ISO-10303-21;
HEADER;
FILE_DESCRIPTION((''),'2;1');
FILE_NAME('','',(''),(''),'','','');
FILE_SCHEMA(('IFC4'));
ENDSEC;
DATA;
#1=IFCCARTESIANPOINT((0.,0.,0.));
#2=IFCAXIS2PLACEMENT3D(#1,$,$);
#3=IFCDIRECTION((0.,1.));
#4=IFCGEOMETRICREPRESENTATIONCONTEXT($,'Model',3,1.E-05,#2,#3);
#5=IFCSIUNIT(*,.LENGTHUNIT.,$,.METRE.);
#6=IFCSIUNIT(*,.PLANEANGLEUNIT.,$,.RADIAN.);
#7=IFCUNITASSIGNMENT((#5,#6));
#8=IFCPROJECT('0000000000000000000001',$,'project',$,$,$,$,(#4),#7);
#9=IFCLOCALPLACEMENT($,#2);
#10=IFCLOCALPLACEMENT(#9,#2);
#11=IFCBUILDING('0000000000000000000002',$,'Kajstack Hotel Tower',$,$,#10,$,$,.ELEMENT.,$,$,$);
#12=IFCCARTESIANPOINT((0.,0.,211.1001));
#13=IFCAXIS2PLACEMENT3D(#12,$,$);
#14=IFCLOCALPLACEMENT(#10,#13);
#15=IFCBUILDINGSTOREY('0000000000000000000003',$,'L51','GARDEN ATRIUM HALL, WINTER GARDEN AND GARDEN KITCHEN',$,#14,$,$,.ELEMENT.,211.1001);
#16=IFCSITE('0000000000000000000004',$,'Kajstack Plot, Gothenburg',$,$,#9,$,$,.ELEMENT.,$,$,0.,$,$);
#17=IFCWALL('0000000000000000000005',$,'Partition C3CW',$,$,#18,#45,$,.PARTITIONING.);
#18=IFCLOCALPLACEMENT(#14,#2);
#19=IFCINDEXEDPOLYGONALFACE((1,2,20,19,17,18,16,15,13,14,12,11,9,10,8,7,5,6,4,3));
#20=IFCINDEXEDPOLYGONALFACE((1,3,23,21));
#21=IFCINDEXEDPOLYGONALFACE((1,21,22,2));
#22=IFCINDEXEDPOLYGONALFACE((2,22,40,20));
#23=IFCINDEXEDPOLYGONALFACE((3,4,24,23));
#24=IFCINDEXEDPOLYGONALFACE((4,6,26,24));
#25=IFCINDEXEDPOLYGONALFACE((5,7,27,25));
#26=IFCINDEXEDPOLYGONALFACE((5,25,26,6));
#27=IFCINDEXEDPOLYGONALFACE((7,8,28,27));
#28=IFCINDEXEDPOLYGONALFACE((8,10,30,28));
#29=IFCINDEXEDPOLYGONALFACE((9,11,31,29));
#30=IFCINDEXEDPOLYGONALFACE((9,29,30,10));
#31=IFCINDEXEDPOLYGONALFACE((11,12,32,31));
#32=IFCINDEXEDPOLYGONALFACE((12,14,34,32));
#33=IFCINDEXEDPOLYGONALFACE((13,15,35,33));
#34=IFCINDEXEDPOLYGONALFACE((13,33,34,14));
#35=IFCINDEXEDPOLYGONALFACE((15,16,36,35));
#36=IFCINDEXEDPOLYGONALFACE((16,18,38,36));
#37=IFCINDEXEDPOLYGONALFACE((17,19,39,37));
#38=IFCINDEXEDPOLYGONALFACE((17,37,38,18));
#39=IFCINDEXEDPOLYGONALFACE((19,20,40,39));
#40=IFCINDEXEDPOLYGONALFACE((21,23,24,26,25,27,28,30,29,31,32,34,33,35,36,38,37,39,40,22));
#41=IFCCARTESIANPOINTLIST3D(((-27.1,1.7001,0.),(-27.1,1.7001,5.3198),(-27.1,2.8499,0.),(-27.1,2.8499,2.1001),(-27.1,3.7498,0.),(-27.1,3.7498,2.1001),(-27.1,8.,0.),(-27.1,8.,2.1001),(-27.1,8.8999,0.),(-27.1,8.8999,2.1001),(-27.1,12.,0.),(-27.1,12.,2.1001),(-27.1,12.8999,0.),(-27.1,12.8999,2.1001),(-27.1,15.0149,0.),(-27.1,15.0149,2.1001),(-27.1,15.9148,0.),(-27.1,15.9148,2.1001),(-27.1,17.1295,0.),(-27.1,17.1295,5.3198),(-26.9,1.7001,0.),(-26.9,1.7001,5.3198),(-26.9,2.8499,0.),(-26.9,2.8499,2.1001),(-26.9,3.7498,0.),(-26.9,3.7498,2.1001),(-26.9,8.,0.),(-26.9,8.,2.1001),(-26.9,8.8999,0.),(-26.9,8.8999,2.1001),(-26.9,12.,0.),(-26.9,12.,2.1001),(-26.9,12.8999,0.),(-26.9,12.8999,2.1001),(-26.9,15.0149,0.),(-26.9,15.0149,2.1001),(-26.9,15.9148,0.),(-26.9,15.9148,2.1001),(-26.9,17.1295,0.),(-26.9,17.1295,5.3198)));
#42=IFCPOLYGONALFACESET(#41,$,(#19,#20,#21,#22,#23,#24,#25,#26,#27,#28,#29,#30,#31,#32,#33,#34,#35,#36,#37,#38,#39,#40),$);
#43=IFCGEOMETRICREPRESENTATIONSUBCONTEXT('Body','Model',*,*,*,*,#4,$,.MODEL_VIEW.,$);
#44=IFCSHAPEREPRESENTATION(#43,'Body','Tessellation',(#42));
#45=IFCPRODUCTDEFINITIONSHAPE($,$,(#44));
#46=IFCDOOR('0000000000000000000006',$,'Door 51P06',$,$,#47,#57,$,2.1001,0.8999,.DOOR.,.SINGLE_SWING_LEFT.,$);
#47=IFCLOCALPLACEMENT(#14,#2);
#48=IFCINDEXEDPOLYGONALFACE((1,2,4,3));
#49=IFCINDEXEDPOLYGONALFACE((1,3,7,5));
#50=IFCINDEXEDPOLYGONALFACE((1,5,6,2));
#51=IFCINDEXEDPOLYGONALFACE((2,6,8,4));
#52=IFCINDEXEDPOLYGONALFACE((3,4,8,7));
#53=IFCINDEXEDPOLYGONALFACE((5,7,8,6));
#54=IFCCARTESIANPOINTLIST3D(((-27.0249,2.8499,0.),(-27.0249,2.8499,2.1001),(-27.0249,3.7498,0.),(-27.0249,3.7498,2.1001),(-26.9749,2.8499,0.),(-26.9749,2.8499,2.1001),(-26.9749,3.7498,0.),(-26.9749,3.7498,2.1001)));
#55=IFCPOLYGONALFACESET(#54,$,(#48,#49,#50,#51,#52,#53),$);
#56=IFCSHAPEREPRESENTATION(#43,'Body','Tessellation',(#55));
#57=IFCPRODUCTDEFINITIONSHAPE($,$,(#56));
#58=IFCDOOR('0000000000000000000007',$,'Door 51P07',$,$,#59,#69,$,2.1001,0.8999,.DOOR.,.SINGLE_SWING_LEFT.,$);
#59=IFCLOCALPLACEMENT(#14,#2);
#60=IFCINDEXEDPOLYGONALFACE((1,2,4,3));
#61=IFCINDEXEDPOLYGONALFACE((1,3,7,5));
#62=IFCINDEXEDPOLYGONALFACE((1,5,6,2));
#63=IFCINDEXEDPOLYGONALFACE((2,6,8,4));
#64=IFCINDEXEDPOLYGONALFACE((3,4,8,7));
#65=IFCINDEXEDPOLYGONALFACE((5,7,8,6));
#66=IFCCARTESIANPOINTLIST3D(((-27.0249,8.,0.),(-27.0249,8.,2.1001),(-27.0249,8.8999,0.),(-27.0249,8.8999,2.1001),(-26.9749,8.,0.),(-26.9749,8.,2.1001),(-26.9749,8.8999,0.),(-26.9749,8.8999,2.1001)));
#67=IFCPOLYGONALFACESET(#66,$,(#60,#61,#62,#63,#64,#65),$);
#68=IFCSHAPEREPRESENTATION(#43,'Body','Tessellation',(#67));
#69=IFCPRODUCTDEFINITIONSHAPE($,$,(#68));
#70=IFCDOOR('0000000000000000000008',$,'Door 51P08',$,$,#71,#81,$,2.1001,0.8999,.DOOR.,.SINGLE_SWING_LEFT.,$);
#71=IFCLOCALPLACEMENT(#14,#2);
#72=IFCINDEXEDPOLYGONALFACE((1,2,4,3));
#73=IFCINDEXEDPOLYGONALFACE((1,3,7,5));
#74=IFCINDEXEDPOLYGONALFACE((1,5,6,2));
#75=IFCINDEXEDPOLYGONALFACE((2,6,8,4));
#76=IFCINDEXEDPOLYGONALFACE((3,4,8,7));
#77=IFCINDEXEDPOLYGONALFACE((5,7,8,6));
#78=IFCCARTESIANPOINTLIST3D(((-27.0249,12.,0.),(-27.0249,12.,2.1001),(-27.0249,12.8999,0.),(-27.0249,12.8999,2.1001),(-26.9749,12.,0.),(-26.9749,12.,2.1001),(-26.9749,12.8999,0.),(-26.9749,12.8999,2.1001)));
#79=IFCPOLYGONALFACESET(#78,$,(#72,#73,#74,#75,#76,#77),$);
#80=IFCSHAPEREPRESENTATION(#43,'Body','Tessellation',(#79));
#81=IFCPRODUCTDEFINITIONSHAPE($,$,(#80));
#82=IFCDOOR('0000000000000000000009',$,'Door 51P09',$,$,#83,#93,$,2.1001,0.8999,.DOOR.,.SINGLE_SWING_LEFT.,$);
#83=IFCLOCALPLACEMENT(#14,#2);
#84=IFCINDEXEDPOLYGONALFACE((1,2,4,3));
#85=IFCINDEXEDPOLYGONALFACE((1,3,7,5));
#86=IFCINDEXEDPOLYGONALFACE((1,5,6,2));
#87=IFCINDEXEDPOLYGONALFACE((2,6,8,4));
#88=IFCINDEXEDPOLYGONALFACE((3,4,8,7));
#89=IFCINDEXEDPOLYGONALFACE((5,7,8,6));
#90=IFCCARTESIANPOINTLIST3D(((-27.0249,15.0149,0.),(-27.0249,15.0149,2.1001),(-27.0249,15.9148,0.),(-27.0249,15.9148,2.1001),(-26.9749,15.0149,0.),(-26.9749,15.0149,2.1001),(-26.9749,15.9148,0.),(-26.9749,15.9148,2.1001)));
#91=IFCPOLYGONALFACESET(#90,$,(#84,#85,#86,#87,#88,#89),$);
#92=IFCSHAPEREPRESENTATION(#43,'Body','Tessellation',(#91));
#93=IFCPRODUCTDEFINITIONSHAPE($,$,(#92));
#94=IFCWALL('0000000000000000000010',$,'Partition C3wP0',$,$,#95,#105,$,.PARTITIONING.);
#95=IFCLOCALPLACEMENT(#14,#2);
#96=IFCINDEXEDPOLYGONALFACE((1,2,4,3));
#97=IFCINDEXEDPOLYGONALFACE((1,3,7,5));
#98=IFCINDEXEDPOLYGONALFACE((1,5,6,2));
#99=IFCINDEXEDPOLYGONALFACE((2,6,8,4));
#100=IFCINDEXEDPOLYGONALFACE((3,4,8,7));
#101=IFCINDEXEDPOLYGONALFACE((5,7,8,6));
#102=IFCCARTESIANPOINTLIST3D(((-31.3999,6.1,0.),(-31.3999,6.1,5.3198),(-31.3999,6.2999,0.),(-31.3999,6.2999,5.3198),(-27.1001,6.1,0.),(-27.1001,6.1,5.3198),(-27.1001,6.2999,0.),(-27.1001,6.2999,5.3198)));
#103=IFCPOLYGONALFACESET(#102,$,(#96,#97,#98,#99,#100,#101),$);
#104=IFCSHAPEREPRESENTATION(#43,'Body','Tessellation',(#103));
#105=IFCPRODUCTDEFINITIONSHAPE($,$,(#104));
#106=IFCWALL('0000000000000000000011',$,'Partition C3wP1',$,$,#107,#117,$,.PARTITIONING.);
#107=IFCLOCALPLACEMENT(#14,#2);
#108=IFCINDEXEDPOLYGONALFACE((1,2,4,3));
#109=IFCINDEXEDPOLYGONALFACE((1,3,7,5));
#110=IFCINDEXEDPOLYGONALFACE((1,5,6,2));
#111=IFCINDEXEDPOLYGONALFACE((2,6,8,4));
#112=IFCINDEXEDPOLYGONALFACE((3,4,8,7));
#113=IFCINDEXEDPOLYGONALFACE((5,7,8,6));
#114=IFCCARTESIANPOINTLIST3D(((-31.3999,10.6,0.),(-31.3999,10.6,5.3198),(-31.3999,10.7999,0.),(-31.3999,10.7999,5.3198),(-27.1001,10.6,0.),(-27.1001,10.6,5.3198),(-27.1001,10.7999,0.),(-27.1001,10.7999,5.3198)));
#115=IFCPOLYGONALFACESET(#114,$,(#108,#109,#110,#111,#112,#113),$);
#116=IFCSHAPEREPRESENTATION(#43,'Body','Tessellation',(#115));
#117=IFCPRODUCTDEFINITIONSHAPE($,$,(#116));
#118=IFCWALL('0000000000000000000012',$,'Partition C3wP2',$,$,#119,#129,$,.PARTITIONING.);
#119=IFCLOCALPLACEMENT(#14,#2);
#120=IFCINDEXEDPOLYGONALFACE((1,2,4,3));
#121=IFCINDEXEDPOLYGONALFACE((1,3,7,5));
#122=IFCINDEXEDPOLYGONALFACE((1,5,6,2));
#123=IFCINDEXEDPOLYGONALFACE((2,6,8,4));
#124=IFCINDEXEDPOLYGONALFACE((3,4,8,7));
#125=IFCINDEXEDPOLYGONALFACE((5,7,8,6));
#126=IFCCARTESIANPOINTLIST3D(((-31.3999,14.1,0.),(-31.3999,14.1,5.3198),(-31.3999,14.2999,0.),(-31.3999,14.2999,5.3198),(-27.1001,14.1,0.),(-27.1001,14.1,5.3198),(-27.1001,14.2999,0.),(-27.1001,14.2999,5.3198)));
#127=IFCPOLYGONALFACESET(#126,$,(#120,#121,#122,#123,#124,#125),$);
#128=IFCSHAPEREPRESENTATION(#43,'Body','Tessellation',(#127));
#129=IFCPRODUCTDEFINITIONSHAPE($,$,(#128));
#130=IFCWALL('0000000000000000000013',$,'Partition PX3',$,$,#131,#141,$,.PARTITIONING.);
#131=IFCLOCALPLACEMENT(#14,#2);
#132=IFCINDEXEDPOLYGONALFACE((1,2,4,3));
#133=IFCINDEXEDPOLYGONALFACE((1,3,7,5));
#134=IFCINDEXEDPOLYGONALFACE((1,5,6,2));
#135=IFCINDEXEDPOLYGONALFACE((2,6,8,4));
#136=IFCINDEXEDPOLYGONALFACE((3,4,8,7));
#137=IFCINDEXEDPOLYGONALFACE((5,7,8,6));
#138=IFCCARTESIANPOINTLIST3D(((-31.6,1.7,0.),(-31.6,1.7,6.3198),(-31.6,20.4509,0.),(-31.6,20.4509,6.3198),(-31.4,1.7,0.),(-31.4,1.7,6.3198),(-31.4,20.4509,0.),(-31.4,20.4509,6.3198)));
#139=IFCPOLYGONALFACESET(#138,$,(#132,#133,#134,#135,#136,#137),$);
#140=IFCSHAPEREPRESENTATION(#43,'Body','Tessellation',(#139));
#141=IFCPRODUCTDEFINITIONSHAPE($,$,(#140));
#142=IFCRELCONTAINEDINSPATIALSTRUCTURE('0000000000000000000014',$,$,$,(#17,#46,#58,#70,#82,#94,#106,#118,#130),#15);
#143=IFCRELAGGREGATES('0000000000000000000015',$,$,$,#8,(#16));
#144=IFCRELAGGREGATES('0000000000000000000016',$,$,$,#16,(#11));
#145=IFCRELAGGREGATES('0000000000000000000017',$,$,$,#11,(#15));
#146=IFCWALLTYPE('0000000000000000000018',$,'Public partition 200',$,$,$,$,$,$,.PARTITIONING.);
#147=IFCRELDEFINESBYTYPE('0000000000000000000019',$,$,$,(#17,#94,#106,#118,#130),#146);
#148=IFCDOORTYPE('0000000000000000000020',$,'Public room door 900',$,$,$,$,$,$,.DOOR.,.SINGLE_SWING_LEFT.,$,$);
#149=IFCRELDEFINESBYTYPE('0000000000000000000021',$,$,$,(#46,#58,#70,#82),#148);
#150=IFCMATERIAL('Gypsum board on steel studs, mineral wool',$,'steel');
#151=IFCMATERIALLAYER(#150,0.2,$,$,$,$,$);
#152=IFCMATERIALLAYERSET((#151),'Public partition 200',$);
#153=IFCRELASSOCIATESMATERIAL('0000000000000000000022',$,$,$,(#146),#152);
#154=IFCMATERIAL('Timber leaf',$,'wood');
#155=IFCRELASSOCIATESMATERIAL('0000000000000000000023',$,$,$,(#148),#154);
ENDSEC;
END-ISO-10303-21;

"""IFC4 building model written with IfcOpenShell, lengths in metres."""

from ifc_helpers import new_model, si_unit, direction, frame, frame_2d, origin, place, context, subcontext, project, spatial, rectangle, extrude, material, layer, layer_set, type_object, element, fill, save


model = new_model("IFC4")

# Units and contexts
model_context = context("Model", 3, precision=1e-05, world=origin(), true_north=direction((0.0, 1.0)))
body_context = subcontext(model_context, "Body", "Model", "MODEL_VIEW")
ifc_project = project(units=[si_unit("LENGTHUNIT", "METRE"), si_unit("PLANEANGLEUNIT", "RADIAN")], contexts=[model_context])

# Site, building, storey
site_placement = place(None, origin())
site = spatial("IfcSite", under=ifc_project, at=site_placement, Name="Kajstack Plot, Gothenburg", CompositionType="ELEMENT", RefElevation=0.0)
building_placement = place(site_placement, origin())
building = spatial("IfcBuilding", under=site, at=building_placement, Name="Kajstack Hotel Tower", CompositionType="ELEMENT")
storey_placement = place(building_placement, frame((0.0, 0.0, 211.1001)))
storey = spatial("IfcBuildingStorey", under=building, at=storey_placement, Name="L51", Description="GARDEN ATRIUM HALL, WINTER GARDEN AND GARDEN KITCHEN", CompositionType="ELEMENT", Elevation=211.1001)

# Wall, openings, doors
ifc_material_1 = material(Name="Gypsum board on steel studs, mineral wool", Category="steel")
ifc_layer_1 = layer(ifc_material_1, 0.2)
ifc_layer_set_1 = layer_set([ifc_layer_1], Name="Public partition 200")
wall_type_1 = type_object("IfcWallType", Name="Public partition 200", PredefinedType="PARTITIONING", material=ifc_layer_set_1)
wall_1_placement = place(storey_placement, frame((-27.0, 1.7, 0.0), z_axis=(0.0, 0.0, 1.0), x_axis=(0.0, 1.0, 0.0)))
wall_1 = element("IfcWall", 1, at=wall_1_placement, inside=storey, type_object=wall_type_1, Name="Partition C3CW", PredefinedType="PARTITIONING", context=body_context, shape_type="SweptSolid", body=[
    extrude(rectangle(XDim=15.4294, YDim=0.2, at=frame_2d((7.7148, 0.0))), origin(), (0.0, 0.0, 1.0), 5.3198),
])
opening_1_placement = place(wall_1_placement, frame((1.1499, 0.0, 0.0)))
opening_1 = element("IfcOpeningElement", 2, at=opening_1_placement, cuts=wall_1, PredefinedType="OPENING", context=body_context, shape_type="SweptSolid", body=[
    extrude(rectangle(XDim=0.8999, YDim=2.1001, at=frame_2d((0.45, 1.05))), frame((0.0, 0.1099, 0.0), z_axis=(0.0, -1.0, 0.0), x_axis=(1.0, 0.0, 0.0)), (0.0, 0.0, 1.0), 0.22),
])
opening_2_placement = place(wall_1_placement, frame((6.3, 0.0, 0.0)))
opening_2 = element("IfcOpeningElement", 3, at=opening_2_placement, cuts=wall_1, PredefinedType="OPENING", context=body_context, shape_type="SweptSolid", body=[
    extrude(rectangle(XDim=0.8999, YDim=2.1001, at=frame_2d((0.45, 1.05))), frame((0.0, 0.1099, 0.0), z_axis=(0.0, -1.0, 0.0), x_axis=(1.0, 0.0, 0.0)), (0.0, 0.0, 1.0), 0.22),
])
opening_3_placement = place(wall_1_placement, frame((10.3, 0.0, 0.0)))
opening_3 = element("IfcOpeningElement", 4, at=opening_3_placement, cuts=wall_1, PredefinedType="OPENING", context=body_context, shape_type="SweptSolid", body=[
    extrude(rectangle(XDim=0.8999, YDim=2.1001, at=frame_2d((0.45, 1.05))), frame((0.0, 0.1099, 0.0), z_axis=(0.0, -1.0, 0.0), x_axis=(1.0, 0.0, 0.0)), (0.0, 0.0, 1.0), 0.22),
])
opening_4_placement = place(wall_1_placement, frame((13.3149, 0.0, 0.0)))
opening_4 = element("IfcOpeningElement", 5, at=opening_4_placement, cuts=wall_1, PredefinedType="OPENING", context=body_context, shape_type="SweptSolid", body=[
    extrude(rectangle(XDim=0.8999, YDim=2.1001, at=frame_2d((0.45, 1.05))), frame((0.0, 0.1099, 0.0), z_axis=(0.0, -1.0, 0.0), x_axis=(1.0, 0.0, 0.0)), (0.0, 0.0, 1.0), 0.22),
])
ifc_material_2 = material(Name="Timber leaf", Category="wood")
door_type_1 = type_object("IfcDoorType", Name="Public room door 900", OperationType="SINGLE_SWING_LEFT", PredefinedType="DOOR", material=ifc_material_2)
door_1_placement = place(opening_1_placement, origin())
door_1 = element("IfcDoor", 6, at=door_1_placement, inside=storey, type_object=door_type_1, Name="Door 51P06", OperationType="SINGLE_SWING_LEFT", OverallHeight=2.1001, OverallWidth=0.8999, PredefinedType="DOOR", context=body_context, shape_type="SweptSolid", body=[
    extrude(rectangle(XDim=0.8999, YDim=2.1001, at=frame_2d((0.45, 1.05))), frame((0.0, 0.0249, 0.0), z_axis=(0.0, -1.0, 0.0), x_axis=(1.0, 0.0, 0.0)), (0.0, 0.0, 1.0), 0.05),
])
fill(opening_1, door_1)
door_2_placement = place(opening_2_placement, origin())
door_2 = element("IfcDoor", 7, at=door_2_placement, inside=storey, type_object=door_type_1, Name="Door 51P07", OperationType="SINGLE_SWING_LEFT", OverallHeight=2.1001, OverallWidth=0.8999, PredefinedType="DOOR", context=body_context, shape_type="SweptSolid", body=[
    extrude(rectangle(XDim=0.8999, YDim=2.1001, at=frame_2d((0.45, 1.05))), frame((0.0, 0.0249, 0.0), z_axis=(0.0, -1.0, 0.0), x_axis=(1.0, 0.0, 0.0)), (0.0, 0.0, 1.0), 0.05),
])
fill(opening_2, door_2)
door_3_placement = place(opening_3_placement, origin())
door_3 = element("IfcDoor", 8, at=door_3_placement, inside=storey, type_object=door_type_1, Name="Door 51P08", OperationType="SINGLE_SWING_LEFT", OverallHeight=2.1001, OverallWidth=0.8999, PredefinedType="DOOR", context=body_context, shape_type="SweptSolid", body=[
    extrude(rectangle(XDim=0.8999, YDim=2.1001, at=frame_2d((0.45, 1.05))), frame((0.0, 0.0249, 0.0), z_axis=(0.0, -1.0, 0.0), x_axis=(1.0, 0.0, 0.0)), (0.0, 0.0, 1.0), 0.05),
])
fill(opening_3, door_3)
door_4_placement = place(opening_4_placement, origin())
door_4 = element("IfcDoor", 9, at=door_4_placement, inside=storey, type_object=door_type_1, Name="Door 51P09", OperationType="SINGLE_SWING_LEFT", OverallHeight=2.1001, OverallWidth=0.8999, PredefinedType="DOOR", context=body_context, shape_type="SweptSolid", body=[
    extrude(rectangle(XDim=0.8999, YDim=2.1001, at=frame_2d((0.45, 1.05))), frame((0.0, 0.0249, 0.0), z_axis=(0.0, -1.0, 0.0), x_axis=(1.0, 0.0, 0.0)), (0.0, 0.0, 1.0), 0.05),
])
fill(opening_4, door_4)

# Walls
for number, where, z_axis, x_axis, name in (
    (10, (-31.3999, 6.2, 0.0), (0.0, 0.0, 1.0), (1.0, 0.0, 0.0), "Partition C3wP0"),
    (11, (-31.3999, 10.7, 0.0), (0.0, 0.0, 1.0), (1.0, 0.0, 0.0), "Partition C3wP1"),
    (12, (-31.3999, 14.2, 0.0), (0.0, 0.0, 1.0), (1.0, 0.0, 0.0), "Partition C3wP2"),
):
    element("IfcWall", number, at=place(storey_placement, frame(where, z_axis=z_axis, x_axis=x_axis)), inside=storey, type_object=wall_type_1, Name=name, PredefinedType="PARTITIONING", context=body_context, shape_type="SweptSolid", body=[
        extrude(rectangle(XDim=4.2998, YDim=0.2, at=frame_2d((2.1499, 0.0))), origin(), (0.0, 0.0, 1.0), 5.3198),
    ])
wall_2_placement = place(storey_placement, frame((-31.5, 1.7, 0.0), z_axis=(0.0, 0.0, 1.0), x_axis=(0.0, 1.0, 0.0)))
element("IfcWall", 13, at=wall_2_placement, inside=storey, type_object=wall_type_1, Name="Partition PX3", PredefinedType="PARTITIONING", context=body_context, shape_type="SweptSolid", body=[
    extrude(rectangle(XDim=18.751, YDim=0.2, at=frame_2d((9.3755, 0.0))), origin(), (0.0, 0.0, 1.0), 6.3198),
])

save(model, "model.ifc")
